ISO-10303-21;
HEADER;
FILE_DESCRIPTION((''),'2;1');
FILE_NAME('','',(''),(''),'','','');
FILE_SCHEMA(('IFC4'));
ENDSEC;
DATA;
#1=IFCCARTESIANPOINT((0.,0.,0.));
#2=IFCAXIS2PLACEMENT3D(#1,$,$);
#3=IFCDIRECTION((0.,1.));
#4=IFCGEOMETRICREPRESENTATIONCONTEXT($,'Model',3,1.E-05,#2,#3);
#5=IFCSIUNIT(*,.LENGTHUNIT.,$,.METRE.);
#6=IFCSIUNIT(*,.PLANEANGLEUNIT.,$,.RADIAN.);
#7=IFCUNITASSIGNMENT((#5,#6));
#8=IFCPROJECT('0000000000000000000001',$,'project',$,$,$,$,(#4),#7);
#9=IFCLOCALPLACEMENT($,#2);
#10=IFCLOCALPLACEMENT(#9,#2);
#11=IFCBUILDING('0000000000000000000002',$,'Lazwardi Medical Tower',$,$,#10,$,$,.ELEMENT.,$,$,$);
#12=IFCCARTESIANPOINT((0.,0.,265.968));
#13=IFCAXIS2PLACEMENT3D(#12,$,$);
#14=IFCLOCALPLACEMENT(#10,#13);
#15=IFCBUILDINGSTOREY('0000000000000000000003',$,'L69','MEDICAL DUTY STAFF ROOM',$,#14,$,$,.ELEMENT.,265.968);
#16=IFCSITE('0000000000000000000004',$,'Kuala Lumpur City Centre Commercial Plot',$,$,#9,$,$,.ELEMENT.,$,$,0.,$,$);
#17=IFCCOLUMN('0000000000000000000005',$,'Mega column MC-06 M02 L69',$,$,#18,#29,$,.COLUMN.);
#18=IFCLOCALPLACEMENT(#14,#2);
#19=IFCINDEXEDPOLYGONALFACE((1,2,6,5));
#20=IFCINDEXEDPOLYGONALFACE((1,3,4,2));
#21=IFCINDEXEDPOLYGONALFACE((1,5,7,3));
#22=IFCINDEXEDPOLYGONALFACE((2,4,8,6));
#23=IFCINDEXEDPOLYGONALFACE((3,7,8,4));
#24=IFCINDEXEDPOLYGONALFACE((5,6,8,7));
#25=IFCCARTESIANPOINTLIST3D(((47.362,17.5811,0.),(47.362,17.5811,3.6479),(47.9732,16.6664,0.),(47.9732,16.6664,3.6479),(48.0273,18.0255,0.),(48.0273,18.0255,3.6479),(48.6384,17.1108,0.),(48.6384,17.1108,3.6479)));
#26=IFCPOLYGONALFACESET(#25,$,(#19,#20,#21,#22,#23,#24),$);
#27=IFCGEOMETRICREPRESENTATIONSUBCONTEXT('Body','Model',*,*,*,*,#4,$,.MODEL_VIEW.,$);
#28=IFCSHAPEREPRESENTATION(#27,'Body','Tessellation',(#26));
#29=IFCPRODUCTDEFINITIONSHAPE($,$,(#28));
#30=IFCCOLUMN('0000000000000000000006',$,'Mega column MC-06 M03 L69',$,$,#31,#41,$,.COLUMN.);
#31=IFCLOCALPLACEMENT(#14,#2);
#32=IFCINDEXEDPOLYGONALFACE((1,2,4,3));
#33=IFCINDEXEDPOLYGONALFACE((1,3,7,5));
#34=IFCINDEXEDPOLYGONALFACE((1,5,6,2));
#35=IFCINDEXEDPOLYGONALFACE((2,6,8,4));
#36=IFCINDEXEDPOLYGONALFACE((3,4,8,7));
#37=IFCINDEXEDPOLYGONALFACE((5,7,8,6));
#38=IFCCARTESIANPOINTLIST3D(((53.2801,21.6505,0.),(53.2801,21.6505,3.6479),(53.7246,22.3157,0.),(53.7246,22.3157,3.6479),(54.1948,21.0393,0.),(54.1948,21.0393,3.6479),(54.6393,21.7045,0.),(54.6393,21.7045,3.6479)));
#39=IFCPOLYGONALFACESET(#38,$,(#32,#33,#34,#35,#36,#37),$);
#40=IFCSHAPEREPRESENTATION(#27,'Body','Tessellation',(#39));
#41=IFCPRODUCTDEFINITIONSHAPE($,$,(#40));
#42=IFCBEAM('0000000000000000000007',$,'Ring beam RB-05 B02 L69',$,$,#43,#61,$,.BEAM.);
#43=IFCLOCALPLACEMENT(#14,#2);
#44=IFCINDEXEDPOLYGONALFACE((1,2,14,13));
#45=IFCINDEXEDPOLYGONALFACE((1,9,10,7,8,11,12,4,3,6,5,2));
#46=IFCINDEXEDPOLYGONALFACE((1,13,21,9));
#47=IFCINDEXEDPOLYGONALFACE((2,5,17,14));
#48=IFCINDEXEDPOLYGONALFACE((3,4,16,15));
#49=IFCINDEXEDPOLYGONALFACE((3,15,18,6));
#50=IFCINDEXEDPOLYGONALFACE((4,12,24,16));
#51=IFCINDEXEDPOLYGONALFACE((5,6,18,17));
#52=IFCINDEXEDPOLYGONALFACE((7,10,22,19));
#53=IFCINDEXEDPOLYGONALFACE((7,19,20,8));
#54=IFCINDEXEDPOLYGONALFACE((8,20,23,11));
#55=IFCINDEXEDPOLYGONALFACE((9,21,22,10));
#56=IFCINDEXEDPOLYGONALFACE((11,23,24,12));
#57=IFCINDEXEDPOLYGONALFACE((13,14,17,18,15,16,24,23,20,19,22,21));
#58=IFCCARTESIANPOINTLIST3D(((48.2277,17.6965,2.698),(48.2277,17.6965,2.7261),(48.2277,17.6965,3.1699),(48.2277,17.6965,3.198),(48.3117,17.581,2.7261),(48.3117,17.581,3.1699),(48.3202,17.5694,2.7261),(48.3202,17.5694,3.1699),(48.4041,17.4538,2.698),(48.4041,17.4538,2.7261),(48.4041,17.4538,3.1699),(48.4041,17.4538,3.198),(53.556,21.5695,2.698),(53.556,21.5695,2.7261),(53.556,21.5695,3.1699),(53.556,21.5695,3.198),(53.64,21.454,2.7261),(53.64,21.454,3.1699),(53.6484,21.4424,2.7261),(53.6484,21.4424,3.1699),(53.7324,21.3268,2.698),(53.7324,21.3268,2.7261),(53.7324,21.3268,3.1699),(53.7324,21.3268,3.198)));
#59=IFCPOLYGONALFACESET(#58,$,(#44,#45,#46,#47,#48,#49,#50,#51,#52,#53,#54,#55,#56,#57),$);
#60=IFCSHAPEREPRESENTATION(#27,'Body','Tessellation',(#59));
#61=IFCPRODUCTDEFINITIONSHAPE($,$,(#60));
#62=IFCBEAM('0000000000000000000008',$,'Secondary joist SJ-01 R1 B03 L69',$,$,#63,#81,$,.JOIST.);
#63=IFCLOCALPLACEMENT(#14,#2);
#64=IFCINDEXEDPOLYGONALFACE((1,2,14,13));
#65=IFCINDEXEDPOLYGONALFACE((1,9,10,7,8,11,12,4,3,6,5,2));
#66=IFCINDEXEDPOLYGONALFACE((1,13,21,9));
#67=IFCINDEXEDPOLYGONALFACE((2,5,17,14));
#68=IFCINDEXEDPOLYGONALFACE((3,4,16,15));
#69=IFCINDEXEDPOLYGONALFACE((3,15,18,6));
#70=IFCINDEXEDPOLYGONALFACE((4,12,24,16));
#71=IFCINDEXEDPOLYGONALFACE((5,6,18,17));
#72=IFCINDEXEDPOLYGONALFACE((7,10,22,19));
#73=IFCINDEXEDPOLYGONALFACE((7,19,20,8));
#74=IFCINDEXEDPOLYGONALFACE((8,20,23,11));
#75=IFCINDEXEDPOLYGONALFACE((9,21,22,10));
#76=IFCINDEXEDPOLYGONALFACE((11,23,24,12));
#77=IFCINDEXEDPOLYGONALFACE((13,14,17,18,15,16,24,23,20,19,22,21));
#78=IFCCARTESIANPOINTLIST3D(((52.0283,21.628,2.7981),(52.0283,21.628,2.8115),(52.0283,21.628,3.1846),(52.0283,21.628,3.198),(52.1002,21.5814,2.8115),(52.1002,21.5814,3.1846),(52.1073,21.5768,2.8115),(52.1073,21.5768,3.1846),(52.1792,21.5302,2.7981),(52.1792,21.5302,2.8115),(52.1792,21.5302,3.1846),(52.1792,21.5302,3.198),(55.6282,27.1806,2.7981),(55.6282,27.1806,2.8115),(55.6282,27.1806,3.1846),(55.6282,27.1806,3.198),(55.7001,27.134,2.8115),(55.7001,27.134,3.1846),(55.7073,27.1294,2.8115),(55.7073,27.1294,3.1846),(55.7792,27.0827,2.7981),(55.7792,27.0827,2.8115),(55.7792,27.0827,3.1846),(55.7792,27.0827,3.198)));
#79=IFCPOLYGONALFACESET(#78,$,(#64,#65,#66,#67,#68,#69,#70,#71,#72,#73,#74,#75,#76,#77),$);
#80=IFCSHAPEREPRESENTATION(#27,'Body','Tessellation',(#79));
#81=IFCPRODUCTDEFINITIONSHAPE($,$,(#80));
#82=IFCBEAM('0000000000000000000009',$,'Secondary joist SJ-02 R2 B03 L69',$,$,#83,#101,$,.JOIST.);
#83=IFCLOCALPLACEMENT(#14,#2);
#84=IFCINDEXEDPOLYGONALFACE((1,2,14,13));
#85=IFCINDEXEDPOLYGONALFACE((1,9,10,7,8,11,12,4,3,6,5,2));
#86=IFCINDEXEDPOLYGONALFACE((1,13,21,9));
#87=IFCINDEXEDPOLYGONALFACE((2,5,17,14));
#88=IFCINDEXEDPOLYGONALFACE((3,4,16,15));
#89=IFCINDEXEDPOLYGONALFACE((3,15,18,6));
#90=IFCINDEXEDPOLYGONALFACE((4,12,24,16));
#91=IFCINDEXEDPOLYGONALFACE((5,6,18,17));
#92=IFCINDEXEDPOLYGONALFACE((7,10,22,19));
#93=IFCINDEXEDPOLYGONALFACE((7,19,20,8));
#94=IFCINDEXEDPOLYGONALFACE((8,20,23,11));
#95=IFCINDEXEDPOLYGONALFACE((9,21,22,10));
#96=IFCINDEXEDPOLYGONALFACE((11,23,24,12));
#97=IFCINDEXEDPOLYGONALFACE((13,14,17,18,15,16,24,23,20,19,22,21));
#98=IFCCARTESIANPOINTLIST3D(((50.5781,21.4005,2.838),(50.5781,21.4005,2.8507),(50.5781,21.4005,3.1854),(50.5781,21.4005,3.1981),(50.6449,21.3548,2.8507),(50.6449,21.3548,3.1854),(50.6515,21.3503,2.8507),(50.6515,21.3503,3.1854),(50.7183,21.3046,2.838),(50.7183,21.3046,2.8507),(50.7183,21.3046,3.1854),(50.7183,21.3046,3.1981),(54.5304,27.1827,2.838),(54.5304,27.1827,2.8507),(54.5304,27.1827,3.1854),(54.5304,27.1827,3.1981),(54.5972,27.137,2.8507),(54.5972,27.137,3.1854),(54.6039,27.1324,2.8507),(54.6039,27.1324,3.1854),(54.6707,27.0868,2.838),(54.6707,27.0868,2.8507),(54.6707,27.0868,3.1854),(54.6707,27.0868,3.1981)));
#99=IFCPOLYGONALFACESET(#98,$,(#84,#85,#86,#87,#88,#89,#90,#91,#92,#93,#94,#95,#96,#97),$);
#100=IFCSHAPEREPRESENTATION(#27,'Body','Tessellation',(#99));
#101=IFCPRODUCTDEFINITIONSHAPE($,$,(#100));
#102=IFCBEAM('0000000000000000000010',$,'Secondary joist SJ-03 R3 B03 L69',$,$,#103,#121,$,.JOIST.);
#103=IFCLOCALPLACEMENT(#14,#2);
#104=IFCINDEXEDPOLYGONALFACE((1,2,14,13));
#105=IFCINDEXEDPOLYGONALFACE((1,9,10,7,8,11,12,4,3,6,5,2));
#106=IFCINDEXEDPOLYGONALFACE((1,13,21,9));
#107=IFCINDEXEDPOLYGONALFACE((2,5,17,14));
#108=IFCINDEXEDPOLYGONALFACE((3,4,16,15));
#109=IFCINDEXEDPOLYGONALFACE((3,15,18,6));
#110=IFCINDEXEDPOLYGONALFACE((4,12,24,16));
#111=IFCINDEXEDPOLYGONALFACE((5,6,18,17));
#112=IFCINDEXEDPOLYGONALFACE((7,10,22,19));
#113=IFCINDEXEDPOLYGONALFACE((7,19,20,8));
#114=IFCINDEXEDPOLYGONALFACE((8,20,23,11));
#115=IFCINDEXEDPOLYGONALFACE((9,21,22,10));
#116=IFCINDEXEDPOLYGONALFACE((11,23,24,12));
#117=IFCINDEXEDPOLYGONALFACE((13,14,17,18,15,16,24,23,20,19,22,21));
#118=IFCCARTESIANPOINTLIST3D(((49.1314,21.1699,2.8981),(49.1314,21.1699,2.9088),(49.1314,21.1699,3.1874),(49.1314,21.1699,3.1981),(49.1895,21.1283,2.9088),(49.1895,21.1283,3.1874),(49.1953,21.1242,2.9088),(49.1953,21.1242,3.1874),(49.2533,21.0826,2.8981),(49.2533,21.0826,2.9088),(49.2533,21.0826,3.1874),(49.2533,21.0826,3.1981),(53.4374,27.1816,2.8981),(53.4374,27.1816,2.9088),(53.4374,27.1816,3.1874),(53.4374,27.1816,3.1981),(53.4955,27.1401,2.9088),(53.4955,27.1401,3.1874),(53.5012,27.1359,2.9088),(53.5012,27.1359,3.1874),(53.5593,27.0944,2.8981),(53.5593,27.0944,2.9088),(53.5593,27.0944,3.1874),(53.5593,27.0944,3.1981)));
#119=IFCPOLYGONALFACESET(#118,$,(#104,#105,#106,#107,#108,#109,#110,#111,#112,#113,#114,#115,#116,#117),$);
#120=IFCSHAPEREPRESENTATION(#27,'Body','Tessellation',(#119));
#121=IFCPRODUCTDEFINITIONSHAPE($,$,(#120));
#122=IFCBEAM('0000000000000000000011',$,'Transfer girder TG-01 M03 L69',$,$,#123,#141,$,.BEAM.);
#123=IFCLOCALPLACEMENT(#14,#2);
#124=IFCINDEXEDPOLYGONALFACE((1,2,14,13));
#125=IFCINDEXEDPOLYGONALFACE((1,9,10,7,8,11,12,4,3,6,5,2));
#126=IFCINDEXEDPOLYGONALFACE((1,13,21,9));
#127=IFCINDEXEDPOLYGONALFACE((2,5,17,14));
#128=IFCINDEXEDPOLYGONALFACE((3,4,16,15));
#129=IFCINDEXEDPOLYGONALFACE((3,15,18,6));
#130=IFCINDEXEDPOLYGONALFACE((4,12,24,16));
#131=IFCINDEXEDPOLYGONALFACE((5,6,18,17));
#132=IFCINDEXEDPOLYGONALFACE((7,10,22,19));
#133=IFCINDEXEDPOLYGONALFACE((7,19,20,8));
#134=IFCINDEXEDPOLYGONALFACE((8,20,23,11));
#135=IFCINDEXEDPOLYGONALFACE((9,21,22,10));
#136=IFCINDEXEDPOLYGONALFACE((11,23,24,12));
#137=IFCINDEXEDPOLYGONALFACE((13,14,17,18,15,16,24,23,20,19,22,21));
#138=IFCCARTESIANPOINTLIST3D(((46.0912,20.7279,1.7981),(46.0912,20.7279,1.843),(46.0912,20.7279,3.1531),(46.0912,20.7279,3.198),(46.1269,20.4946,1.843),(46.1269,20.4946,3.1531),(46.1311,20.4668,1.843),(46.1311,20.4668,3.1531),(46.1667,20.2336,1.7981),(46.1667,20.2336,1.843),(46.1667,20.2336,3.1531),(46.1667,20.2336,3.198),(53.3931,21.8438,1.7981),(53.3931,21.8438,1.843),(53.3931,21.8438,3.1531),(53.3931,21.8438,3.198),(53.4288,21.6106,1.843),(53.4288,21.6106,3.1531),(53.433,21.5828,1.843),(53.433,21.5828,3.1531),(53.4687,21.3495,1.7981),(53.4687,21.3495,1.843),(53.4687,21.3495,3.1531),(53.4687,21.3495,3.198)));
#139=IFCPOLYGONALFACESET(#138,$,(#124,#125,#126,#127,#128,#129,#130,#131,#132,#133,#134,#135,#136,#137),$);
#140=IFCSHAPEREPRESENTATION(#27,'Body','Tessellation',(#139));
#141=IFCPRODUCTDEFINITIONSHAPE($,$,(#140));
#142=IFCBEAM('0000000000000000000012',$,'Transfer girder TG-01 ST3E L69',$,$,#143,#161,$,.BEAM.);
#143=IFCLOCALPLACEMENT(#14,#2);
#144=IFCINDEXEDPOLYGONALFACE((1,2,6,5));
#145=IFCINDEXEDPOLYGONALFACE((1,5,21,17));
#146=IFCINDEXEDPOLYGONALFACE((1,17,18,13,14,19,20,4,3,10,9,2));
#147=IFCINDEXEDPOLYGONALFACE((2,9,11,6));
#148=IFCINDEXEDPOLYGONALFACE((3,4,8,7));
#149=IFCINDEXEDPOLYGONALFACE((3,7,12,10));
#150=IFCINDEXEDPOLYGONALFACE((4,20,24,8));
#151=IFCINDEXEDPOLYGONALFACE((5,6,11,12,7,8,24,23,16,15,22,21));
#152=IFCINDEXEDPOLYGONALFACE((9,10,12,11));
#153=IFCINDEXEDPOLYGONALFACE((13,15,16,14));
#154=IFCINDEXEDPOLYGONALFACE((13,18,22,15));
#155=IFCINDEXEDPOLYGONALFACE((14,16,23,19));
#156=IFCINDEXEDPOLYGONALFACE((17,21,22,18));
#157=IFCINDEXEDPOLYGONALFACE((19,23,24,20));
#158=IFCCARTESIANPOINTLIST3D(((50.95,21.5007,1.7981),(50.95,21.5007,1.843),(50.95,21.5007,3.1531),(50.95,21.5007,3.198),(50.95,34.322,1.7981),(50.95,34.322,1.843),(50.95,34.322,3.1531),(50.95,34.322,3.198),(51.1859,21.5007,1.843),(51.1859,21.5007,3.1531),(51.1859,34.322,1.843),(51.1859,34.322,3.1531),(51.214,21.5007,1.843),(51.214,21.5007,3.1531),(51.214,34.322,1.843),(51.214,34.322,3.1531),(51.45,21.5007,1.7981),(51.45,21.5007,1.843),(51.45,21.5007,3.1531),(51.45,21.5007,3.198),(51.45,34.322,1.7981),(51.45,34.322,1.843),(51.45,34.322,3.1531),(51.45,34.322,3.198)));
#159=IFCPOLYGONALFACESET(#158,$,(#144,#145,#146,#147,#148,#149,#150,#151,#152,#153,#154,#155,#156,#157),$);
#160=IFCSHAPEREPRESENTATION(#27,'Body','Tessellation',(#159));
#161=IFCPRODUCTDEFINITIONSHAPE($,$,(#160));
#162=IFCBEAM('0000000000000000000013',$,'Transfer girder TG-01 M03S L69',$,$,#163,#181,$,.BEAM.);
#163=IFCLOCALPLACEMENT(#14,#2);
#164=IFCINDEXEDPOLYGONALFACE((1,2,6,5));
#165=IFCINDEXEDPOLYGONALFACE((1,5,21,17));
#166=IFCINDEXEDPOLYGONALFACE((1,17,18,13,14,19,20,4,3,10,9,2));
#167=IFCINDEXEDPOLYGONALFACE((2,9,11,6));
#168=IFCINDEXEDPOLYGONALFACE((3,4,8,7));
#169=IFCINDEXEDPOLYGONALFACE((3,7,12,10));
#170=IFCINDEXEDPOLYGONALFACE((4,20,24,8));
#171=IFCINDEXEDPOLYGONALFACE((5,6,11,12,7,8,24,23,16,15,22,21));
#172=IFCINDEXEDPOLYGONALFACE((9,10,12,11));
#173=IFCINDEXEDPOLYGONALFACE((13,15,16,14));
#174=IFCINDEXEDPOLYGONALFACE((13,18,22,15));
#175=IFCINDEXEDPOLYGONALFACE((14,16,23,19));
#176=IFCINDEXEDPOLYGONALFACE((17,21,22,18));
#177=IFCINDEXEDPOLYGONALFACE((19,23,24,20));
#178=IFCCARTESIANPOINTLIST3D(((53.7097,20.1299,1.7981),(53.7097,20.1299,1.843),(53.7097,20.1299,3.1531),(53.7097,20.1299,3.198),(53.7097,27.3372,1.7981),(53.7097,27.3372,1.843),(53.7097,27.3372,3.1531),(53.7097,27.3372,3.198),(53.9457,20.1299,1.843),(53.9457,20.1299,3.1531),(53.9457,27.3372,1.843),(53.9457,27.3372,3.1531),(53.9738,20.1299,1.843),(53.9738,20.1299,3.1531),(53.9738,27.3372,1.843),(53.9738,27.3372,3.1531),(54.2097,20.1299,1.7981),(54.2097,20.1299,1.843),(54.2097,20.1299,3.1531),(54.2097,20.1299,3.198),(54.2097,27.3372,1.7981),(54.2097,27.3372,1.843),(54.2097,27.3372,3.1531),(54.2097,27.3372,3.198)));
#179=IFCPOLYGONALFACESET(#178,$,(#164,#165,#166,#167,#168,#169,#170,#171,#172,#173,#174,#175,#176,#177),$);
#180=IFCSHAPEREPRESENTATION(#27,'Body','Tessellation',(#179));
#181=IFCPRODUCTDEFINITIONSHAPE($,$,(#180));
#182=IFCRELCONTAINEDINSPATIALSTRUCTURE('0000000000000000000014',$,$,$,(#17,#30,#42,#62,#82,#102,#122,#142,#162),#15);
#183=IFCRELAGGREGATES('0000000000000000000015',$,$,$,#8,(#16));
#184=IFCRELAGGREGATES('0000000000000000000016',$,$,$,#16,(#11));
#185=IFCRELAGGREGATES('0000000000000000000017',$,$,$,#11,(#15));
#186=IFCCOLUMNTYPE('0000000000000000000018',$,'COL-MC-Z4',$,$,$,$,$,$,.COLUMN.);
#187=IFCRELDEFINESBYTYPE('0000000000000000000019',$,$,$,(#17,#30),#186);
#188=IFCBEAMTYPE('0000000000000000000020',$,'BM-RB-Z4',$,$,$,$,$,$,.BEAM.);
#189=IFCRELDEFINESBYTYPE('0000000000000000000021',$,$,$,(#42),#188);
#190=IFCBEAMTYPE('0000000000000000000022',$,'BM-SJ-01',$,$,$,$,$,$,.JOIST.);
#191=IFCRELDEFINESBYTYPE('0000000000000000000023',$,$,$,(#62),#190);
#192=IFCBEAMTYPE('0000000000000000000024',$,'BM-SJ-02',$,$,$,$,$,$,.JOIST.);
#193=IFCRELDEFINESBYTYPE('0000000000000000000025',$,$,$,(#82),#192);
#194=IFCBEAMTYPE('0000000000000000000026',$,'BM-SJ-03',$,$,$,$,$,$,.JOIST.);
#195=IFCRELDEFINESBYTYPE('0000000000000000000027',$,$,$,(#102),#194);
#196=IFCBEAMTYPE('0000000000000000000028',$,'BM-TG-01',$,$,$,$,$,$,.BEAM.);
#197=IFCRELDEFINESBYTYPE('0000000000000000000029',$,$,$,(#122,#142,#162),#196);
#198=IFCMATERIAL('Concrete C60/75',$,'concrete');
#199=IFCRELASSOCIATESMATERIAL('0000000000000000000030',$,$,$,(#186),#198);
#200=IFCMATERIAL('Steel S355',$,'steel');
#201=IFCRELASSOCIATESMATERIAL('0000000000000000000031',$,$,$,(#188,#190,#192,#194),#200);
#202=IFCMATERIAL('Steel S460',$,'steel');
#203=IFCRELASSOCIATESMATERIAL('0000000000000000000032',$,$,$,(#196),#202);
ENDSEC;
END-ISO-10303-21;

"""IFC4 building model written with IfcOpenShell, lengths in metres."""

from ifc_helpers import new_model, si_unit, direction, frame, origin, origin_2d, place, context, subcontext, project, spatial, rectangle, i_section, extrude, material, material_profile, profile_set, type_object, element, save


model = new_model("IFC4")

# Units and contexts
model_context = context("Model", 3, precision=1e-05, world=origin(), true_north=direction((0.0, 1.0)))
body_context = subcontext(model_context, "Body", "Model", "MODEL_VIEW")
ifc_project = project(units=[si_unit("LENGTHUNIT", "METRE"), si_unit("PLANEANGLEUNIT", "RADIAN")], contexts=[model_context])

# Site, building, storey
site_placement = place(None, origin())
site = spatial("IfcSite", under=ifc_project, at=site_placement, Name="Kuala Lumpur City Centre Commercial Plot", CompositionType="ELEMENT", RefElevation=0.0)
building_placement = place(site_placement, origin())
building = spatial("IfcBuilding", under=site, at=building_placement, Name="Lazwardi Medical Tower", CompositionType="ELEMENT")
storey_placement = place(building_placement, frame((0.0, 0.0, 265.968)))
storey = spatial("IfcBuildingStorey", under=building, at=storey_placement, Name="L69", Description="MEDICAL DUTY STAFF ROOM", CompositionType="ELEMENT", Elevation=265.968)

# Columns
ifc_material_1 = material(Name="Concrete C60/75", Category="concrete")
ifc_material_profile_1 = material_profile(ifc_material_1, rectangle(XDim=1.1001, YDim=0.8, at=origin_2d()), Name="CFT-RECT 1100x800")
ifc_profile_set_1 = profile_set([ifc_material_profile_1], Name="Concrete C60/75")
column_type = type_object("IfcColumnType", Name="COL-MC-Z4", PredefinedType="COLUMN", material=ifc_profile_set_1)
for number, where, z_axis, x_axis, name in (
    (1, (48.0002, 17.3459, 0.0), (0.0, 0.0, 1.0), (0.55557, -0.83147, 0.0), "Mega column MC-06 M02 L69"),
    (2, (53.9597, 21.6775, 0.0), (0.0, 0.0, 1.0), (0.83147, -0.55557, 0.0), "Mega column MC-06 M03 L69"),
):
    element("IfcColumn", number, at=place(storey_placement, frame(where, z_axis=z_axis, x_axis=x_axis)), inside=storey, type_object=column_type, Name=name, PredefinedType="COLUMN", context=body_context, shape_type="SweptSolid", body=[
        extrude(rectangle(XDim=1.1001, YDim=0.8, at=origin_2d()), origin(), (0.0, 0.0, 1.0), 3.6479),
    ])

# Beams
ifc_material_2 = material(Name="Steel S355", Category="steel")
ifc_material_profile_2 = material_profile(ifc_material_2, i_section(OverallWidth=0.3, OverallDepth=0.5, WebThickness=0.0144, FlangeThickness=0.0281, at=origin_2d()), Name="HEB 500")
ifc_profile_set_2 = profile_set([ifc_material_profile_2], Name="Steel S355")
beam_type_1 = type_object("IfcBeamType", Name="BM-RB-Z4", PredefinedType="BEAM", material=ifc_profile_set_2)
beam_1_placement = place(storey_placement, frame((48.3159, 17.5752, 2.948), z_axis=(0.80889, 0.58796, 0.0), x_axis=(-0.58796, 0.80889, 0.0)))
element("IfcBeam", 3, at=beam_1_placement, inside=storey, type_object=beam_type_1, Name="Ring beam RB-05 B02 L69", PredefinedType="BEAM", context=body_context, shape_type="SweptSolid", body=[
    extrude(i_section(OverallWidth=0.3, OverallDepth=0.5, WebThickness=0.0144, FlangeThickness=0.0281, at=origin_2d()), origin(), (0.0, 0.0, 1.0), 6.5872),
])
ifc_material_profile_3 = material_profile(ifc_material_2, i_section(OverallWidth=0.1799, OverallDepth=0.3999, WebThickness=0.0085, FlangeThickness=0.0134, at=origin_2d()), Name="IPE 400")
ifc_profile_set_3 = profile_set([ifc_material_profile_3], Name="Steel S355")
beam_type_2 = type_object("IfcBeamType", Name="BM-SJ-01", PredefinedType="JOIST", material=ifc_profile_set_3)
beam_2_placement = place(storey_placement, frame((52.1038, 21.5791, 2.998), z_axis=(0.544004, 0.839083, 0.0), x_axis=(-0.839083, 0.544004, 0.0)))
element("IfcBeam", 4, at=beam_2_placement, inside=storey, type_object=beam_type_2, Name="Secondary joist SJ-01 R1 B03 L69", PredefinedType="JOIST", context=body_context, shape_type="SweptSolid", body=[
    extrude(i_section(OverallWidth=0.1799, OverallDepth=0.3999, WebThickness=0.0085, FlangeThickness=0.0134, at=origin_2d()), origin(), (0.0, 0.0, 1.0), 6.6174),
])
ifc_material_profile_4 = material_profile(ifc_material_2, i_section(OverallWidth=0.1699, OverallDepth=0.3601, WebThickness=0.0081, FlangeThickness=0.0127, at=origin_2d()), Name="IPE 360")
ifc_profile_set_4 = profile_set([ifc_material_profile_4], Name="Steel S355")
beam_type_3 = type_object("IfcBeamType", Name="BM-SJ-02", PredefinedType="JOIST", material=ifc_profile_set_4)
beam_3_placement = place(storey_placement, frame((50.6482, 21.3525, 3.0181), z_axis=(0.564308, 0.825565, 0.0), x_axis=(-0.825565, 0.564308, 0.0)))
element("IfcBeam", 5, at=beam_3_placement, inside=storey, type_object=beam_type_3, Name="Secondary joist SJ-02 R2 B03 L69", PredefinedType="JOIST", context=body_context, shape_type="SweptSolid", body=[
    extrude(i_section(OverallWidth=0.1699, OverallDepth=0.3601, WebThickness=0.0081, FlangeThickness=0.0127, at=origin_2d()), origin(), (0.0, 0.0, 1.0), 7.0039),
])
ifc_material_profile_5 = material_profile(ifc_material_2, i_section(OverallWidth=0.1499, OverallDepth=0.3, WebThickness=0.0071, FlangeThickness=0.0107, at=origin_2d()), Name="IPE 300")
ifc_profile_set_5 = profile_set([ifc_material_profile_5], Name="Steel S355")
beam_type_4 = type_object("IfcBeamType", Name="BM-SJ-03", PredefinedType="JOIST", material=ifc_profile_set_5)
beam_4_placement = place(storey_placement, frame((49.1924, 21.1262, 3.0481), z_axis=(0.582296, 0.812977, 0.0), x_axis=(-0.812977, 0.582296, 0.0)))
element("IfcBeam", 6, at=beam_4_placement, inside=storey, type_object=beam_type_4, Name="Secondary joist SJ-03 R3 B03 L69", PredefinedType="JOIST", context=body_context, shape_type="SweptSolid", body=[
    extrude(i_section(OverallWidth=0.1499, OverallDepth=0.3, WebThickness=0.0071, FlangeThickness=0.0107, at=origin_2d()), origin(), (0.0, 0.0, 1.0), 7.3948),
])
ifc_material_3 = material(Name="Steel S460", Category="steel")
ifc_material_profile_6 = material_profile(ifc_material_3, i_section(OverallWidth=0.5, OverallDepth=1.3999, WebThickness=0.0281, FlangeThickness=0.0449, at=origin_2d()), Name="PG 1400x500")
ifc_profile_set_6 = profile_set([ifc_material_profile_6], Name="Steel S460")
beam_type_5 = type_object("IfcBeamType", Name="BM-TG-01", PredefinedType="BEAM", material=ifc_profile_set_6)
beam_5_placement = place(storey_placement, frame((53.4309, 21.5967, 2.498), z_axis=(-0.988522, -0.151076, 0.0), x_axis=(0.151076, -0.988522, 0.0)))
element("IfcBeam", 7, at=beam_5_placement, inside=storey, type_object=beam_type_5, Name="Transfer girder TG-01 M03 L69", PredefinedType="BEAM", context=body_context, shape_type="SweptSolid", body=[
    extrude(i_section(OverallWidth=0.5, OverallDepth=1.3999, WebThickness=0.0281, FlangeThickness=0.0449, at=origin_2d()), origin(), (0.0, 0.0, 1.0), 7.3867),
])
beam_6_placement = place(storey_placement, frame((51.2, 21.5007, 2.498), z_axis=(0.0, 1.0, 0.0), x_axis=(-1.0, 0.0, 0.0)))
element("IfcBeam", 8, at=beam_6_placement, inside=storey, type_object=beam_type_5, Name="Transfer girder TG-01 ST3E L69", PredefinedType="BEAM", context=body_context, shape_type="SweptSolid", body=[
    extrude(i_section(OverallWidth=0.5, OverallDepth=1.3999, WebThickness=0.0281, FlangeThickness=0.0449, at=origin_2d()), origin(), (0.0, 0.0, 1.0), 12.8213),
])
beam_7_placement = place(storey_placement, frame((53.9597, 20.1299, 2.498), z_axis=(0.0, 1.0, 0.0), x_axis=(-1.0, 0.0, 0.0)))
element("IfcBeam", 9, at=beam_7_placement, inside=storey, type_object=beam_type_5, Name="Transfer girder TG-01 M03S L69", PredefinedType="BEAM", context=body_context, shape_type="SweptSolid", body=[
    extrude(i_section(OverallWidth=0.5, OverallDepth=1.3999, WebThickness=0.0281, FlangeThickness=0.0449, at=origin_2d()), origin(), (0.0, 0.0, 1.0), 7.2073),
])

save(model, "model.ifc")
